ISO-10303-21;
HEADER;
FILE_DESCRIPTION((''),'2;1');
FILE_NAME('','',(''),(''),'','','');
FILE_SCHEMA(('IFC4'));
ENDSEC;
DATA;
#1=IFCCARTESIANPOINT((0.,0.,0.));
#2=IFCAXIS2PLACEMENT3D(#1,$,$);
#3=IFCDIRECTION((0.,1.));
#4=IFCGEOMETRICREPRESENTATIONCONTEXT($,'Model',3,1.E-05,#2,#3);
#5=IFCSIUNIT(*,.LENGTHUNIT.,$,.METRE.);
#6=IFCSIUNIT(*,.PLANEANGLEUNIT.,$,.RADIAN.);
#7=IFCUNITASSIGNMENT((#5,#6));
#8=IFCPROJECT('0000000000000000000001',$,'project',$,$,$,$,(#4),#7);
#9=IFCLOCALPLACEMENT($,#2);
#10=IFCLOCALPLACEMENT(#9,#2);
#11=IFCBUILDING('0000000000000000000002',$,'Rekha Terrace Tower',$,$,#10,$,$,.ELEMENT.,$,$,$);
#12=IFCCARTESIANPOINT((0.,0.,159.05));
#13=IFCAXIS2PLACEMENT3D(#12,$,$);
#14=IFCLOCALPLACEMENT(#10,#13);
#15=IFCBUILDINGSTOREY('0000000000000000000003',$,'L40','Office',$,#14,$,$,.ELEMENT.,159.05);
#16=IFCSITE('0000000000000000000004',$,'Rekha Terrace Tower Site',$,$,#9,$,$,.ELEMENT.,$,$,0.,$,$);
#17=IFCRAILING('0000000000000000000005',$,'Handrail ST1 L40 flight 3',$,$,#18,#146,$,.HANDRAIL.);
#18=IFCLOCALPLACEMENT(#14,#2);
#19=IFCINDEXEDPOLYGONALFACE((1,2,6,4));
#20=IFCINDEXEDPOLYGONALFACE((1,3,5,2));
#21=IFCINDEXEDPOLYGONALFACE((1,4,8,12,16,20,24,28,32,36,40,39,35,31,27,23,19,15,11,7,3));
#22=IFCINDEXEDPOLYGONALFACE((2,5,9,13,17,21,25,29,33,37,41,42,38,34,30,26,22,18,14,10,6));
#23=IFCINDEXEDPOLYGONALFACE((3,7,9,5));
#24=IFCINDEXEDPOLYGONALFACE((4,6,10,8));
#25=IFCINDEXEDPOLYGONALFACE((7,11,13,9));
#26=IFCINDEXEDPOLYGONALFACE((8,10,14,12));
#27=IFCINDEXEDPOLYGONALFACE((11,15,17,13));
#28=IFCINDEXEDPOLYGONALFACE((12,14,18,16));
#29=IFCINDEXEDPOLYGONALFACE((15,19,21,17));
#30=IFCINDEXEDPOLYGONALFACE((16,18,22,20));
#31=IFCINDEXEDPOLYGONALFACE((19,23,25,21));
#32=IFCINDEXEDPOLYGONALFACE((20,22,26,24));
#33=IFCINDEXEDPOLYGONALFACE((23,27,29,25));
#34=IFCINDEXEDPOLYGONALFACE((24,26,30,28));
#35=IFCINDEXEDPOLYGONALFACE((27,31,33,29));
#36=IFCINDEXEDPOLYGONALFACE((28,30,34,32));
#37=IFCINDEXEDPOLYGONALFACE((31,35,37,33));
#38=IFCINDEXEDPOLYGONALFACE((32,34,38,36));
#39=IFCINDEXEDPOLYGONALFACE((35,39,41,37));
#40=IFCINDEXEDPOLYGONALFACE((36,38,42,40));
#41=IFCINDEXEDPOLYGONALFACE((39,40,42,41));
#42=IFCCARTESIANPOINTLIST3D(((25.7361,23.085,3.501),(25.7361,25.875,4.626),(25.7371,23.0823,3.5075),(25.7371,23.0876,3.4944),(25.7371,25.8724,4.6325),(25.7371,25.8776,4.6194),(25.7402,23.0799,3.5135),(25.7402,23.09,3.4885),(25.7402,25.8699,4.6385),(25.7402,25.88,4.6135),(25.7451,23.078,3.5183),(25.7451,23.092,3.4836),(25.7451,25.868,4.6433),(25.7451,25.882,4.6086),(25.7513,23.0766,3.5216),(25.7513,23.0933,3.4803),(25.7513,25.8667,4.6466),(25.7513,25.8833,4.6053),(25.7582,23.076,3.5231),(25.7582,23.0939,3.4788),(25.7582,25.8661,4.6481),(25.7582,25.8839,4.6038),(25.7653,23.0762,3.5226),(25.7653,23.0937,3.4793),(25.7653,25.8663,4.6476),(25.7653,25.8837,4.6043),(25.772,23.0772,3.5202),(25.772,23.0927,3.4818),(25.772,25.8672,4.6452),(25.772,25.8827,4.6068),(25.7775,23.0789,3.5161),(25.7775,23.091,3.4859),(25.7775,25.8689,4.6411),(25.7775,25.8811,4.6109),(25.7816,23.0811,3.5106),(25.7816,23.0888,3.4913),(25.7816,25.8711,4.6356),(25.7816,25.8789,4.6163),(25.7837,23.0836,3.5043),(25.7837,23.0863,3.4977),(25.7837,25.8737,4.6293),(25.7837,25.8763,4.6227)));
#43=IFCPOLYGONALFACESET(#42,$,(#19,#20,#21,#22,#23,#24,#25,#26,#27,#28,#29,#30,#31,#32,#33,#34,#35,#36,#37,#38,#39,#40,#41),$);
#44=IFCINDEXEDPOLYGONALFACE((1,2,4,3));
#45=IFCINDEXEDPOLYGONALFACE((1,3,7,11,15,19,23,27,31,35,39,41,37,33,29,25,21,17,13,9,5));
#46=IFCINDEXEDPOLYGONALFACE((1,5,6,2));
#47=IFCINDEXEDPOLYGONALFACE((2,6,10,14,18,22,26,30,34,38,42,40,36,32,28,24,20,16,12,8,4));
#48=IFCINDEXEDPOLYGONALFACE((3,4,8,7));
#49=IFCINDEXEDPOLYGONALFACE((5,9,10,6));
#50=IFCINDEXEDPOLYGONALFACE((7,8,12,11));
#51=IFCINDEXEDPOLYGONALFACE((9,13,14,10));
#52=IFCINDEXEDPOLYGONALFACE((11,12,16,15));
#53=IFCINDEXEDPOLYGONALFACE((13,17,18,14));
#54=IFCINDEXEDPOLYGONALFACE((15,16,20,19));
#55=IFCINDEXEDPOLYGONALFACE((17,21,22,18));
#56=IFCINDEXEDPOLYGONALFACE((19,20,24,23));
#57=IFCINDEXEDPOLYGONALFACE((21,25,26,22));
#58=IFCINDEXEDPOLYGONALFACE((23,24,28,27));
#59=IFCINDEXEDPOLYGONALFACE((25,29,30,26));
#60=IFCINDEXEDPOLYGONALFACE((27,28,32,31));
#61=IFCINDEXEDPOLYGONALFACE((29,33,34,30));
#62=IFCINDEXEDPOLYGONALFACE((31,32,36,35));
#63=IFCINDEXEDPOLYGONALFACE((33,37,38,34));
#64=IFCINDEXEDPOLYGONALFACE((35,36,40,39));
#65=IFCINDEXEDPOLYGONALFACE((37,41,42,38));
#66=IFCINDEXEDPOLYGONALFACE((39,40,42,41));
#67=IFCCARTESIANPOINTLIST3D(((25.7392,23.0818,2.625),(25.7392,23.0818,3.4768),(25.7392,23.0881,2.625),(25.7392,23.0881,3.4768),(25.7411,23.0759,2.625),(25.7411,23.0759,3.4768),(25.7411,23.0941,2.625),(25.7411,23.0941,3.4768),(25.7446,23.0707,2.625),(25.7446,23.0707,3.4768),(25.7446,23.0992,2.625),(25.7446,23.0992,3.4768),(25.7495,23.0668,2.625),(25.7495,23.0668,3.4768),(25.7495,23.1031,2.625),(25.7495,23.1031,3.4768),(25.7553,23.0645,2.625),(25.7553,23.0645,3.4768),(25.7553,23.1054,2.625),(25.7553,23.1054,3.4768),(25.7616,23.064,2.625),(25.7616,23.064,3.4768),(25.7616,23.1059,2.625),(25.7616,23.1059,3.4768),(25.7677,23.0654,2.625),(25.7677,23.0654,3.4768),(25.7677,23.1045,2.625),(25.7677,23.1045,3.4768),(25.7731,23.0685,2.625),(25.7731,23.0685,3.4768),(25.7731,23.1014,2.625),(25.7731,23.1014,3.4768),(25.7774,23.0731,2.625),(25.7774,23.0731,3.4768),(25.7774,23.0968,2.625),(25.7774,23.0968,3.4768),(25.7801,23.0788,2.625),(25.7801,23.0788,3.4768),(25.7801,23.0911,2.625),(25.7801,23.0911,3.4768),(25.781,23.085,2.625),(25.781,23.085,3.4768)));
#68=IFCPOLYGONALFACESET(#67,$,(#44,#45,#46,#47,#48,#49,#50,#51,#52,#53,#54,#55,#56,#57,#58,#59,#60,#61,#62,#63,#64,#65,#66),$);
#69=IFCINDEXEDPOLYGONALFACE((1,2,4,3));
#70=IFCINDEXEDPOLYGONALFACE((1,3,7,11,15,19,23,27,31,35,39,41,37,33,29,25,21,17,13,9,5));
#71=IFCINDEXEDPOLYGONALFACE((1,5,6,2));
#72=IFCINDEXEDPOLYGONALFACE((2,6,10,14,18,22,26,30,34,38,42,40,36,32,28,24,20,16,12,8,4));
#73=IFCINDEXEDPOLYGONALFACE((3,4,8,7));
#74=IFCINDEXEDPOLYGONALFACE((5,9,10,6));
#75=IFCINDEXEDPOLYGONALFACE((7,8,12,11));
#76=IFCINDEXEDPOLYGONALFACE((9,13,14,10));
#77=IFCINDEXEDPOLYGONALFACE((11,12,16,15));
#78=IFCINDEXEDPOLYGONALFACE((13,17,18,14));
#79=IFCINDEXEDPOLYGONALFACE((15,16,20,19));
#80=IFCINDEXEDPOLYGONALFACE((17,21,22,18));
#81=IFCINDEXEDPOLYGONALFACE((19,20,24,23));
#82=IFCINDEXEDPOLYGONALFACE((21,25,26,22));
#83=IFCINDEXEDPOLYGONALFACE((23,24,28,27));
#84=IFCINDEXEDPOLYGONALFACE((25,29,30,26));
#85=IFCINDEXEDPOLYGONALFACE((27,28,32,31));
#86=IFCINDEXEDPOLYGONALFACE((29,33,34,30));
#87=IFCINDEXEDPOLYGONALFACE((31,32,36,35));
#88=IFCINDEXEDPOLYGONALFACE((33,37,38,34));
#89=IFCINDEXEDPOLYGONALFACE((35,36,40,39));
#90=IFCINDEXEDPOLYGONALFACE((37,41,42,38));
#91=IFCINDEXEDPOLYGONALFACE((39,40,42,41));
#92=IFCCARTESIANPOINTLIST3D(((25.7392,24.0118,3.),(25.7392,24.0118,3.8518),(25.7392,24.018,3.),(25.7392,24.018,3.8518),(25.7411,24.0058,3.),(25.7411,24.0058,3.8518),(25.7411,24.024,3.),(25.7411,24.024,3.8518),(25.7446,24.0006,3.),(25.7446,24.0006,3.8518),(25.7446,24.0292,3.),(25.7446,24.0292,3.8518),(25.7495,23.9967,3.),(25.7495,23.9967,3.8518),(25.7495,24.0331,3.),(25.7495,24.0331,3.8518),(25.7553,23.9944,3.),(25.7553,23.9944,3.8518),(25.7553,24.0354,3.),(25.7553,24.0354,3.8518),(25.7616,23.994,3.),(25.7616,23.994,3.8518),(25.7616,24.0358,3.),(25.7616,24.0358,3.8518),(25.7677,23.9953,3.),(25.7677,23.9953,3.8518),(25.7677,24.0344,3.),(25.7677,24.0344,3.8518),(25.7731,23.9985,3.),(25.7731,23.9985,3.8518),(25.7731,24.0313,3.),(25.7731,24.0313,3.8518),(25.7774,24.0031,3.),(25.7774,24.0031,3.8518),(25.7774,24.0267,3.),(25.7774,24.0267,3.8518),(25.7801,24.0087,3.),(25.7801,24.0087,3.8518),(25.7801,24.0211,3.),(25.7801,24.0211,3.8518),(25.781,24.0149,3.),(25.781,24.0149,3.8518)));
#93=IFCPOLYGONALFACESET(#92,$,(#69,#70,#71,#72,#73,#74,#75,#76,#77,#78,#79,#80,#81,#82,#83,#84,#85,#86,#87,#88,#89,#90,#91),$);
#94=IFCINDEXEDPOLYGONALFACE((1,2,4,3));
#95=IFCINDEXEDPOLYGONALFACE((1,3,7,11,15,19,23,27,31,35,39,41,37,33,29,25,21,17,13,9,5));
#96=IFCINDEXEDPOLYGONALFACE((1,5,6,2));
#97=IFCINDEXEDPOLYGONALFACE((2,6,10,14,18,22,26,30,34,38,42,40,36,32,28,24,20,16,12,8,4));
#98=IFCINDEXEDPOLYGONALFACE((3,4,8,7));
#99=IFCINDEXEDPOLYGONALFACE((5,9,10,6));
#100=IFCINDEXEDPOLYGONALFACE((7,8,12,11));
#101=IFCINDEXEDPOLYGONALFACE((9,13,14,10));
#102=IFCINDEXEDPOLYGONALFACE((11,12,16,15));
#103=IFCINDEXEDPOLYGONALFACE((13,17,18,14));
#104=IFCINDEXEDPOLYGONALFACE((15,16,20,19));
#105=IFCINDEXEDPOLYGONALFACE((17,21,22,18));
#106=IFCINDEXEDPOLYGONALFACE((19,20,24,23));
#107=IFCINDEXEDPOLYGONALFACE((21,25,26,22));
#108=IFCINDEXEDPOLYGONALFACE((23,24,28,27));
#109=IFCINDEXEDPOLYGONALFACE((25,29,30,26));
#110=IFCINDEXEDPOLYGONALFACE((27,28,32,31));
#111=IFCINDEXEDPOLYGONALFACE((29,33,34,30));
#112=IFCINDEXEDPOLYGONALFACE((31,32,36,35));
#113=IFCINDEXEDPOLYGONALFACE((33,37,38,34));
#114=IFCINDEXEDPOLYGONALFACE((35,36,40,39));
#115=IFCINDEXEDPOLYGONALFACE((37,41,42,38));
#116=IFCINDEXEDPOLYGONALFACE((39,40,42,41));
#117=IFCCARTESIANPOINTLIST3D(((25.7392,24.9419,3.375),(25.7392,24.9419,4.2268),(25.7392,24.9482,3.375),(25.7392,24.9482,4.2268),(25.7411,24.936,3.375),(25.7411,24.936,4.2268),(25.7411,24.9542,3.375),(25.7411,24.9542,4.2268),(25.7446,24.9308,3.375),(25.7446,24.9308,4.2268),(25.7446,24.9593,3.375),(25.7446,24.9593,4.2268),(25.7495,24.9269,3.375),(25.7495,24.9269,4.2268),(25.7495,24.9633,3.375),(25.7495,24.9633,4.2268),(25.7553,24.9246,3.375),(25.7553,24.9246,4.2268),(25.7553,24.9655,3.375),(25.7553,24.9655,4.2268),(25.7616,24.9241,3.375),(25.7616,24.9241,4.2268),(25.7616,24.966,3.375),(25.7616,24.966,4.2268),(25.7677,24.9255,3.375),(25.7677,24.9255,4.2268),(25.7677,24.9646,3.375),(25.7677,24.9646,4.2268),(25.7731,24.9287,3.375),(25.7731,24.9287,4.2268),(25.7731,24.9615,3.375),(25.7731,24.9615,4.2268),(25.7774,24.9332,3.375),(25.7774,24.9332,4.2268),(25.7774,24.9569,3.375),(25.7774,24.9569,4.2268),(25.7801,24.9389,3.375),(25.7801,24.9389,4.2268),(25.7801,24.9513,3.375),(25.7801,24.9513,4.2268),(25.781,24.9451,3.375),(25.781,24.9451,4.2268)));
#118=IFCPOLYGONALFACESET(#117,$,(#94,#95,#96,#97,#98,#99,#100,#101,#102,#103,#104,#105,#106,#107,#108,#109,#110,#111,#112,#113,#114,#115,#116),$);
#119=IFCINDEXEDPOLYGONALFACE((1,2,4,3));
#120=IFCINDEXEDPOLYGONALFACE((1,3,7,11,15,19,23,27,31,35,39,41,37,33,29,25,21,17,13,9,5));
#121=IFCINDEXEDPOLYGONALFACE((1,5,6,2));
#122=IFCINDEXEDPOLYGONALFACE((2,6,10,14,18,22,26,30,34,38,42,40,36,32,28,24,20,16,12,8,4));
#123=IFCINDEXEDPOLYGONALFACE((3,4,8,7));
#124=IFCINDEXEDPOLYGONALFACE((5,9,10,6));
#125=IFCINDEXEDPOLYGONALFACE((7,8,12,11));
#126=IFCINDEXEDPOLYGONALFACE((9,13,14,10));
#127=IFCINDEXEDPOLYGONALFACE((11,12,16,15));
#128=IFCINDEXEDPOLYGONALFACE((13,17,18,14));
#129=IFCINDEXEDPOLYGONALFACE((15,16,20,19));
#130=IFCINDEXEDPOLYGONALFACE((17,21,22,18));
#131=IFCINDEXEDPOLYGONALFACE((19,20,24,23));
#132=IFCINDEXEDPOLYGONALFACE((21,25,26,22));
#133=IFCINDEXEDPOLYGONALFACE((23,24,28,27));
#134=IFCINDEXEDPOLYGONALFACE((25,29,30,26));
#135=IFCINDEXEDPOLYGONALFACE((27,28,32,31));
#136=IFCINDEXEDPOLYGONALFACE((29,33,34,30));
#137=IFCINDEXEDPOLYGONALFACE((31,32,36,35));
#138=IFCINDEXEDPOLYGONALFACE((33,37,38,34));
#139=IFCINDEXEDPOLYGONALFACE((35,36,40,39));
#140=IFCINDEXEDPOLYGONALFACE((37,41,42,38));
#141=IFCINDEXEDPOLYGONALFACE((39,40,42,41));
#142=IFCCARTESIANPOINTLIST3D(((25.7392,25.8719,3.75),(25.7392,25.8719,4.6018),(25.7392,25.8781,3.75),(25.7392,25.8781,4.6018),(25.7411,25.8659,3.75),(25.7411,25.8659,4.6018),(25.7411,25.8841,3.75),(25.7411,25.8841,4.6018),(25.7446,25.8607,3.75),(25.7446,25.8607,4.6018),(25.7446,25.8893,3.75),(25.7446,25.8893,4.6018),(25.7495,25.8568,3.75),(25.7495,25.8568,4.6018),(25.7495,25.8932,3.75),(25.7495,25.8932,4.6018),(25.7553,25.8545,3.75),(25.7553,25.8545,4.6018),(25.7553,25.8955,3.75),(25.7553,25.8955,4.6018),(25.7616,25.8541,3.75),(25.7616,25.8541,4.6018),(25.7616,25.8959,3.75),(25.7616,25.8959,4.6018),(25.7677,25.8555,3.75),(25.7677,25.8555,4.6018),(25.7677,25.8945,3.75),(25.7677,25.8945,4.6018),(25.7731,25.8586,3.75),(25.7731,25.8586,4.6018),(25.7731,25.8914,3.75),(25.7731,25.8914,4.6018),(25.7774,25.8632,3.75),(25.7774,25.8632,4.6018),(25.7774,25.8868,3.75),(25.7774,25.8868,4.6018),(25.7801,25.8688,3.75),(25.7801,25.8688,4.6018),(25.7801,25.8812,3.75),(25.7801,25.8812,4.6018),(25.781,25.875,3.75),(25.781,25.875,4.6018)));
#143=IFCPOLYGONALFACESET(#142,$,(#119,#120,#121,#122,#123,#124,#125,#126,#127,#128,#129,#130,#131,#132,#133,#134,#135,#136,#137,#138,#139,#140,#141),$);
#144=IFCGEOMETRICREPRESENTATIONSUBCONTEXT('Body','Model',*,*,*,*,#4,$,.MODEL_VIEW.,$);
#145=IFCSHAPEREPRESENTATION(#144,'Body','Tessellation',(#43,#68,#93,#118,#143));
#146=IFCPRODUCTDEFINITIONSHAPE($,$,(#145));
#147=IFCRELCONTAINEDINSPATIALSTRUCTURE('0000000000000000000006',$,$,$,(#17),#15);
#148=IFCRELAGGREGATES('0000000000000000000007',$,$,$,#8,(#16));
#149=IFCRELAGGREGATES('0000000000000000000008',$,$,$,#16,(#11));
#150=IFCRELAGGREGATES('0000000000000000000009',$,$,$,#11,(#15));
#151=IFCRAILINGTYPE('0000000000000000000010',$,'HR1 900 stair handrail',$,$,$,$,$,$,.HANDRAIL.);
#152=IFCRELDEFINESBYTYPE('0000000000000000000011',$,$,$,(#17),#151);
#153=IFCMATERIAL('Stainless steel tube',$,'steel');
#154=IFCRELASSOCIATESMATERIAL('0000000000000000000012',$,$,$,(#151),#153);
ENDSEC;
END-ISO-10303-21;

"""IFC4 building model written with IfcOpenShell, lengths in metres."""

from ifc_helpers import new_model, si_unit, direction, frame, origin, origin_2d, place, context, subcontext, project, spatial, circle, extrude, material, type_object, element, save


model = new_model("IFC4")

# Units and contexts
model_context = context("Model", 3, precision=1e-05, world=origin(), true_north=direction((0.0, 1.0)))
body_context = subcontext(model_context, "Body", "Model", "MODEL_VIEW")
ifc_project = project(units=[si_unit("LENGTHUNIT", "METRE"), si_unit("PLANEANGLEUNIT", "RADIAN")], contexts=[model_context])

# Site, building, storey
site_placement = place(None, origin())
site = spatial("IfcSite", under=ifc_project, at=site_placement, Name="Rekha Terrace Tower Site", CompositionType="ELEMENT", RefElevation=0.0)
building_placement = place(site_placement, origin())
building = spatial("IfcBuilding", under=site, at=building_placement, Name="Rekha Terrace Tower", CompositionType="ELEMENT")
storey_placement = place(building_placement, frame((0.0, 0.0, 159.05)))
storey = spatial("IfcBuildingStorey", under=building, at=storey_placement, Name="L40", Description="Office", CompositionType="ELEMENT", Elevation=159.05)

# Railing
ifc_material_1 = material(Name="Stainless steel tube", Category="steel")
railing_type_1 = type_object("IfcRailingType", Name="HR1 900 stair handrail", PredefinedType="HANDRAIL", material=ifc_material_1)
railing_1_placement = place(storey_placement, frame((25.76, 23.085, 2.625)))
element("IfcRailing", 1, at=railing_1_placement, inside=storey, type_object=railing_type_1, Name="Handrail ST1 L40 flight 3", PredefinedType="HANDRAIL", context=body_context, shape_type="SweptSolid", body=[
    extrude(circle(Radius=0.0239, at=origin_2d()), frame((0.0, 0.0, 0.876), z_axis=(0.0, 0.927443, 0.373964), x_axis=(-1.0, 0.0, 0.0)), (0.0, 0.0, 1.0), 3.0083),
    extrude(circle(Radius=0.021, at=origin_2d()), origin(), (0.0, 0.0, 1.0), 0.8518),
    extrude(circle(Radius=0.021, at=origin_2d()), frame((0.0, 0.9299, 0.375)), (0.0, 0.0, 1.0), 0.8518),
    extrude(circle(Radius=0.021, at=origin_2d()), frame((0.0, 1.8601, 0.75)), (0.0, 0.0, 1.0), 0.8518),
    extrude(circle(Radius=0.021, at=origin_2d()), frame((0.0, 2.79, 1.125)), (0.0, 0.0, 1.0), 0.8518),
])

save(model, "model.ifc")
